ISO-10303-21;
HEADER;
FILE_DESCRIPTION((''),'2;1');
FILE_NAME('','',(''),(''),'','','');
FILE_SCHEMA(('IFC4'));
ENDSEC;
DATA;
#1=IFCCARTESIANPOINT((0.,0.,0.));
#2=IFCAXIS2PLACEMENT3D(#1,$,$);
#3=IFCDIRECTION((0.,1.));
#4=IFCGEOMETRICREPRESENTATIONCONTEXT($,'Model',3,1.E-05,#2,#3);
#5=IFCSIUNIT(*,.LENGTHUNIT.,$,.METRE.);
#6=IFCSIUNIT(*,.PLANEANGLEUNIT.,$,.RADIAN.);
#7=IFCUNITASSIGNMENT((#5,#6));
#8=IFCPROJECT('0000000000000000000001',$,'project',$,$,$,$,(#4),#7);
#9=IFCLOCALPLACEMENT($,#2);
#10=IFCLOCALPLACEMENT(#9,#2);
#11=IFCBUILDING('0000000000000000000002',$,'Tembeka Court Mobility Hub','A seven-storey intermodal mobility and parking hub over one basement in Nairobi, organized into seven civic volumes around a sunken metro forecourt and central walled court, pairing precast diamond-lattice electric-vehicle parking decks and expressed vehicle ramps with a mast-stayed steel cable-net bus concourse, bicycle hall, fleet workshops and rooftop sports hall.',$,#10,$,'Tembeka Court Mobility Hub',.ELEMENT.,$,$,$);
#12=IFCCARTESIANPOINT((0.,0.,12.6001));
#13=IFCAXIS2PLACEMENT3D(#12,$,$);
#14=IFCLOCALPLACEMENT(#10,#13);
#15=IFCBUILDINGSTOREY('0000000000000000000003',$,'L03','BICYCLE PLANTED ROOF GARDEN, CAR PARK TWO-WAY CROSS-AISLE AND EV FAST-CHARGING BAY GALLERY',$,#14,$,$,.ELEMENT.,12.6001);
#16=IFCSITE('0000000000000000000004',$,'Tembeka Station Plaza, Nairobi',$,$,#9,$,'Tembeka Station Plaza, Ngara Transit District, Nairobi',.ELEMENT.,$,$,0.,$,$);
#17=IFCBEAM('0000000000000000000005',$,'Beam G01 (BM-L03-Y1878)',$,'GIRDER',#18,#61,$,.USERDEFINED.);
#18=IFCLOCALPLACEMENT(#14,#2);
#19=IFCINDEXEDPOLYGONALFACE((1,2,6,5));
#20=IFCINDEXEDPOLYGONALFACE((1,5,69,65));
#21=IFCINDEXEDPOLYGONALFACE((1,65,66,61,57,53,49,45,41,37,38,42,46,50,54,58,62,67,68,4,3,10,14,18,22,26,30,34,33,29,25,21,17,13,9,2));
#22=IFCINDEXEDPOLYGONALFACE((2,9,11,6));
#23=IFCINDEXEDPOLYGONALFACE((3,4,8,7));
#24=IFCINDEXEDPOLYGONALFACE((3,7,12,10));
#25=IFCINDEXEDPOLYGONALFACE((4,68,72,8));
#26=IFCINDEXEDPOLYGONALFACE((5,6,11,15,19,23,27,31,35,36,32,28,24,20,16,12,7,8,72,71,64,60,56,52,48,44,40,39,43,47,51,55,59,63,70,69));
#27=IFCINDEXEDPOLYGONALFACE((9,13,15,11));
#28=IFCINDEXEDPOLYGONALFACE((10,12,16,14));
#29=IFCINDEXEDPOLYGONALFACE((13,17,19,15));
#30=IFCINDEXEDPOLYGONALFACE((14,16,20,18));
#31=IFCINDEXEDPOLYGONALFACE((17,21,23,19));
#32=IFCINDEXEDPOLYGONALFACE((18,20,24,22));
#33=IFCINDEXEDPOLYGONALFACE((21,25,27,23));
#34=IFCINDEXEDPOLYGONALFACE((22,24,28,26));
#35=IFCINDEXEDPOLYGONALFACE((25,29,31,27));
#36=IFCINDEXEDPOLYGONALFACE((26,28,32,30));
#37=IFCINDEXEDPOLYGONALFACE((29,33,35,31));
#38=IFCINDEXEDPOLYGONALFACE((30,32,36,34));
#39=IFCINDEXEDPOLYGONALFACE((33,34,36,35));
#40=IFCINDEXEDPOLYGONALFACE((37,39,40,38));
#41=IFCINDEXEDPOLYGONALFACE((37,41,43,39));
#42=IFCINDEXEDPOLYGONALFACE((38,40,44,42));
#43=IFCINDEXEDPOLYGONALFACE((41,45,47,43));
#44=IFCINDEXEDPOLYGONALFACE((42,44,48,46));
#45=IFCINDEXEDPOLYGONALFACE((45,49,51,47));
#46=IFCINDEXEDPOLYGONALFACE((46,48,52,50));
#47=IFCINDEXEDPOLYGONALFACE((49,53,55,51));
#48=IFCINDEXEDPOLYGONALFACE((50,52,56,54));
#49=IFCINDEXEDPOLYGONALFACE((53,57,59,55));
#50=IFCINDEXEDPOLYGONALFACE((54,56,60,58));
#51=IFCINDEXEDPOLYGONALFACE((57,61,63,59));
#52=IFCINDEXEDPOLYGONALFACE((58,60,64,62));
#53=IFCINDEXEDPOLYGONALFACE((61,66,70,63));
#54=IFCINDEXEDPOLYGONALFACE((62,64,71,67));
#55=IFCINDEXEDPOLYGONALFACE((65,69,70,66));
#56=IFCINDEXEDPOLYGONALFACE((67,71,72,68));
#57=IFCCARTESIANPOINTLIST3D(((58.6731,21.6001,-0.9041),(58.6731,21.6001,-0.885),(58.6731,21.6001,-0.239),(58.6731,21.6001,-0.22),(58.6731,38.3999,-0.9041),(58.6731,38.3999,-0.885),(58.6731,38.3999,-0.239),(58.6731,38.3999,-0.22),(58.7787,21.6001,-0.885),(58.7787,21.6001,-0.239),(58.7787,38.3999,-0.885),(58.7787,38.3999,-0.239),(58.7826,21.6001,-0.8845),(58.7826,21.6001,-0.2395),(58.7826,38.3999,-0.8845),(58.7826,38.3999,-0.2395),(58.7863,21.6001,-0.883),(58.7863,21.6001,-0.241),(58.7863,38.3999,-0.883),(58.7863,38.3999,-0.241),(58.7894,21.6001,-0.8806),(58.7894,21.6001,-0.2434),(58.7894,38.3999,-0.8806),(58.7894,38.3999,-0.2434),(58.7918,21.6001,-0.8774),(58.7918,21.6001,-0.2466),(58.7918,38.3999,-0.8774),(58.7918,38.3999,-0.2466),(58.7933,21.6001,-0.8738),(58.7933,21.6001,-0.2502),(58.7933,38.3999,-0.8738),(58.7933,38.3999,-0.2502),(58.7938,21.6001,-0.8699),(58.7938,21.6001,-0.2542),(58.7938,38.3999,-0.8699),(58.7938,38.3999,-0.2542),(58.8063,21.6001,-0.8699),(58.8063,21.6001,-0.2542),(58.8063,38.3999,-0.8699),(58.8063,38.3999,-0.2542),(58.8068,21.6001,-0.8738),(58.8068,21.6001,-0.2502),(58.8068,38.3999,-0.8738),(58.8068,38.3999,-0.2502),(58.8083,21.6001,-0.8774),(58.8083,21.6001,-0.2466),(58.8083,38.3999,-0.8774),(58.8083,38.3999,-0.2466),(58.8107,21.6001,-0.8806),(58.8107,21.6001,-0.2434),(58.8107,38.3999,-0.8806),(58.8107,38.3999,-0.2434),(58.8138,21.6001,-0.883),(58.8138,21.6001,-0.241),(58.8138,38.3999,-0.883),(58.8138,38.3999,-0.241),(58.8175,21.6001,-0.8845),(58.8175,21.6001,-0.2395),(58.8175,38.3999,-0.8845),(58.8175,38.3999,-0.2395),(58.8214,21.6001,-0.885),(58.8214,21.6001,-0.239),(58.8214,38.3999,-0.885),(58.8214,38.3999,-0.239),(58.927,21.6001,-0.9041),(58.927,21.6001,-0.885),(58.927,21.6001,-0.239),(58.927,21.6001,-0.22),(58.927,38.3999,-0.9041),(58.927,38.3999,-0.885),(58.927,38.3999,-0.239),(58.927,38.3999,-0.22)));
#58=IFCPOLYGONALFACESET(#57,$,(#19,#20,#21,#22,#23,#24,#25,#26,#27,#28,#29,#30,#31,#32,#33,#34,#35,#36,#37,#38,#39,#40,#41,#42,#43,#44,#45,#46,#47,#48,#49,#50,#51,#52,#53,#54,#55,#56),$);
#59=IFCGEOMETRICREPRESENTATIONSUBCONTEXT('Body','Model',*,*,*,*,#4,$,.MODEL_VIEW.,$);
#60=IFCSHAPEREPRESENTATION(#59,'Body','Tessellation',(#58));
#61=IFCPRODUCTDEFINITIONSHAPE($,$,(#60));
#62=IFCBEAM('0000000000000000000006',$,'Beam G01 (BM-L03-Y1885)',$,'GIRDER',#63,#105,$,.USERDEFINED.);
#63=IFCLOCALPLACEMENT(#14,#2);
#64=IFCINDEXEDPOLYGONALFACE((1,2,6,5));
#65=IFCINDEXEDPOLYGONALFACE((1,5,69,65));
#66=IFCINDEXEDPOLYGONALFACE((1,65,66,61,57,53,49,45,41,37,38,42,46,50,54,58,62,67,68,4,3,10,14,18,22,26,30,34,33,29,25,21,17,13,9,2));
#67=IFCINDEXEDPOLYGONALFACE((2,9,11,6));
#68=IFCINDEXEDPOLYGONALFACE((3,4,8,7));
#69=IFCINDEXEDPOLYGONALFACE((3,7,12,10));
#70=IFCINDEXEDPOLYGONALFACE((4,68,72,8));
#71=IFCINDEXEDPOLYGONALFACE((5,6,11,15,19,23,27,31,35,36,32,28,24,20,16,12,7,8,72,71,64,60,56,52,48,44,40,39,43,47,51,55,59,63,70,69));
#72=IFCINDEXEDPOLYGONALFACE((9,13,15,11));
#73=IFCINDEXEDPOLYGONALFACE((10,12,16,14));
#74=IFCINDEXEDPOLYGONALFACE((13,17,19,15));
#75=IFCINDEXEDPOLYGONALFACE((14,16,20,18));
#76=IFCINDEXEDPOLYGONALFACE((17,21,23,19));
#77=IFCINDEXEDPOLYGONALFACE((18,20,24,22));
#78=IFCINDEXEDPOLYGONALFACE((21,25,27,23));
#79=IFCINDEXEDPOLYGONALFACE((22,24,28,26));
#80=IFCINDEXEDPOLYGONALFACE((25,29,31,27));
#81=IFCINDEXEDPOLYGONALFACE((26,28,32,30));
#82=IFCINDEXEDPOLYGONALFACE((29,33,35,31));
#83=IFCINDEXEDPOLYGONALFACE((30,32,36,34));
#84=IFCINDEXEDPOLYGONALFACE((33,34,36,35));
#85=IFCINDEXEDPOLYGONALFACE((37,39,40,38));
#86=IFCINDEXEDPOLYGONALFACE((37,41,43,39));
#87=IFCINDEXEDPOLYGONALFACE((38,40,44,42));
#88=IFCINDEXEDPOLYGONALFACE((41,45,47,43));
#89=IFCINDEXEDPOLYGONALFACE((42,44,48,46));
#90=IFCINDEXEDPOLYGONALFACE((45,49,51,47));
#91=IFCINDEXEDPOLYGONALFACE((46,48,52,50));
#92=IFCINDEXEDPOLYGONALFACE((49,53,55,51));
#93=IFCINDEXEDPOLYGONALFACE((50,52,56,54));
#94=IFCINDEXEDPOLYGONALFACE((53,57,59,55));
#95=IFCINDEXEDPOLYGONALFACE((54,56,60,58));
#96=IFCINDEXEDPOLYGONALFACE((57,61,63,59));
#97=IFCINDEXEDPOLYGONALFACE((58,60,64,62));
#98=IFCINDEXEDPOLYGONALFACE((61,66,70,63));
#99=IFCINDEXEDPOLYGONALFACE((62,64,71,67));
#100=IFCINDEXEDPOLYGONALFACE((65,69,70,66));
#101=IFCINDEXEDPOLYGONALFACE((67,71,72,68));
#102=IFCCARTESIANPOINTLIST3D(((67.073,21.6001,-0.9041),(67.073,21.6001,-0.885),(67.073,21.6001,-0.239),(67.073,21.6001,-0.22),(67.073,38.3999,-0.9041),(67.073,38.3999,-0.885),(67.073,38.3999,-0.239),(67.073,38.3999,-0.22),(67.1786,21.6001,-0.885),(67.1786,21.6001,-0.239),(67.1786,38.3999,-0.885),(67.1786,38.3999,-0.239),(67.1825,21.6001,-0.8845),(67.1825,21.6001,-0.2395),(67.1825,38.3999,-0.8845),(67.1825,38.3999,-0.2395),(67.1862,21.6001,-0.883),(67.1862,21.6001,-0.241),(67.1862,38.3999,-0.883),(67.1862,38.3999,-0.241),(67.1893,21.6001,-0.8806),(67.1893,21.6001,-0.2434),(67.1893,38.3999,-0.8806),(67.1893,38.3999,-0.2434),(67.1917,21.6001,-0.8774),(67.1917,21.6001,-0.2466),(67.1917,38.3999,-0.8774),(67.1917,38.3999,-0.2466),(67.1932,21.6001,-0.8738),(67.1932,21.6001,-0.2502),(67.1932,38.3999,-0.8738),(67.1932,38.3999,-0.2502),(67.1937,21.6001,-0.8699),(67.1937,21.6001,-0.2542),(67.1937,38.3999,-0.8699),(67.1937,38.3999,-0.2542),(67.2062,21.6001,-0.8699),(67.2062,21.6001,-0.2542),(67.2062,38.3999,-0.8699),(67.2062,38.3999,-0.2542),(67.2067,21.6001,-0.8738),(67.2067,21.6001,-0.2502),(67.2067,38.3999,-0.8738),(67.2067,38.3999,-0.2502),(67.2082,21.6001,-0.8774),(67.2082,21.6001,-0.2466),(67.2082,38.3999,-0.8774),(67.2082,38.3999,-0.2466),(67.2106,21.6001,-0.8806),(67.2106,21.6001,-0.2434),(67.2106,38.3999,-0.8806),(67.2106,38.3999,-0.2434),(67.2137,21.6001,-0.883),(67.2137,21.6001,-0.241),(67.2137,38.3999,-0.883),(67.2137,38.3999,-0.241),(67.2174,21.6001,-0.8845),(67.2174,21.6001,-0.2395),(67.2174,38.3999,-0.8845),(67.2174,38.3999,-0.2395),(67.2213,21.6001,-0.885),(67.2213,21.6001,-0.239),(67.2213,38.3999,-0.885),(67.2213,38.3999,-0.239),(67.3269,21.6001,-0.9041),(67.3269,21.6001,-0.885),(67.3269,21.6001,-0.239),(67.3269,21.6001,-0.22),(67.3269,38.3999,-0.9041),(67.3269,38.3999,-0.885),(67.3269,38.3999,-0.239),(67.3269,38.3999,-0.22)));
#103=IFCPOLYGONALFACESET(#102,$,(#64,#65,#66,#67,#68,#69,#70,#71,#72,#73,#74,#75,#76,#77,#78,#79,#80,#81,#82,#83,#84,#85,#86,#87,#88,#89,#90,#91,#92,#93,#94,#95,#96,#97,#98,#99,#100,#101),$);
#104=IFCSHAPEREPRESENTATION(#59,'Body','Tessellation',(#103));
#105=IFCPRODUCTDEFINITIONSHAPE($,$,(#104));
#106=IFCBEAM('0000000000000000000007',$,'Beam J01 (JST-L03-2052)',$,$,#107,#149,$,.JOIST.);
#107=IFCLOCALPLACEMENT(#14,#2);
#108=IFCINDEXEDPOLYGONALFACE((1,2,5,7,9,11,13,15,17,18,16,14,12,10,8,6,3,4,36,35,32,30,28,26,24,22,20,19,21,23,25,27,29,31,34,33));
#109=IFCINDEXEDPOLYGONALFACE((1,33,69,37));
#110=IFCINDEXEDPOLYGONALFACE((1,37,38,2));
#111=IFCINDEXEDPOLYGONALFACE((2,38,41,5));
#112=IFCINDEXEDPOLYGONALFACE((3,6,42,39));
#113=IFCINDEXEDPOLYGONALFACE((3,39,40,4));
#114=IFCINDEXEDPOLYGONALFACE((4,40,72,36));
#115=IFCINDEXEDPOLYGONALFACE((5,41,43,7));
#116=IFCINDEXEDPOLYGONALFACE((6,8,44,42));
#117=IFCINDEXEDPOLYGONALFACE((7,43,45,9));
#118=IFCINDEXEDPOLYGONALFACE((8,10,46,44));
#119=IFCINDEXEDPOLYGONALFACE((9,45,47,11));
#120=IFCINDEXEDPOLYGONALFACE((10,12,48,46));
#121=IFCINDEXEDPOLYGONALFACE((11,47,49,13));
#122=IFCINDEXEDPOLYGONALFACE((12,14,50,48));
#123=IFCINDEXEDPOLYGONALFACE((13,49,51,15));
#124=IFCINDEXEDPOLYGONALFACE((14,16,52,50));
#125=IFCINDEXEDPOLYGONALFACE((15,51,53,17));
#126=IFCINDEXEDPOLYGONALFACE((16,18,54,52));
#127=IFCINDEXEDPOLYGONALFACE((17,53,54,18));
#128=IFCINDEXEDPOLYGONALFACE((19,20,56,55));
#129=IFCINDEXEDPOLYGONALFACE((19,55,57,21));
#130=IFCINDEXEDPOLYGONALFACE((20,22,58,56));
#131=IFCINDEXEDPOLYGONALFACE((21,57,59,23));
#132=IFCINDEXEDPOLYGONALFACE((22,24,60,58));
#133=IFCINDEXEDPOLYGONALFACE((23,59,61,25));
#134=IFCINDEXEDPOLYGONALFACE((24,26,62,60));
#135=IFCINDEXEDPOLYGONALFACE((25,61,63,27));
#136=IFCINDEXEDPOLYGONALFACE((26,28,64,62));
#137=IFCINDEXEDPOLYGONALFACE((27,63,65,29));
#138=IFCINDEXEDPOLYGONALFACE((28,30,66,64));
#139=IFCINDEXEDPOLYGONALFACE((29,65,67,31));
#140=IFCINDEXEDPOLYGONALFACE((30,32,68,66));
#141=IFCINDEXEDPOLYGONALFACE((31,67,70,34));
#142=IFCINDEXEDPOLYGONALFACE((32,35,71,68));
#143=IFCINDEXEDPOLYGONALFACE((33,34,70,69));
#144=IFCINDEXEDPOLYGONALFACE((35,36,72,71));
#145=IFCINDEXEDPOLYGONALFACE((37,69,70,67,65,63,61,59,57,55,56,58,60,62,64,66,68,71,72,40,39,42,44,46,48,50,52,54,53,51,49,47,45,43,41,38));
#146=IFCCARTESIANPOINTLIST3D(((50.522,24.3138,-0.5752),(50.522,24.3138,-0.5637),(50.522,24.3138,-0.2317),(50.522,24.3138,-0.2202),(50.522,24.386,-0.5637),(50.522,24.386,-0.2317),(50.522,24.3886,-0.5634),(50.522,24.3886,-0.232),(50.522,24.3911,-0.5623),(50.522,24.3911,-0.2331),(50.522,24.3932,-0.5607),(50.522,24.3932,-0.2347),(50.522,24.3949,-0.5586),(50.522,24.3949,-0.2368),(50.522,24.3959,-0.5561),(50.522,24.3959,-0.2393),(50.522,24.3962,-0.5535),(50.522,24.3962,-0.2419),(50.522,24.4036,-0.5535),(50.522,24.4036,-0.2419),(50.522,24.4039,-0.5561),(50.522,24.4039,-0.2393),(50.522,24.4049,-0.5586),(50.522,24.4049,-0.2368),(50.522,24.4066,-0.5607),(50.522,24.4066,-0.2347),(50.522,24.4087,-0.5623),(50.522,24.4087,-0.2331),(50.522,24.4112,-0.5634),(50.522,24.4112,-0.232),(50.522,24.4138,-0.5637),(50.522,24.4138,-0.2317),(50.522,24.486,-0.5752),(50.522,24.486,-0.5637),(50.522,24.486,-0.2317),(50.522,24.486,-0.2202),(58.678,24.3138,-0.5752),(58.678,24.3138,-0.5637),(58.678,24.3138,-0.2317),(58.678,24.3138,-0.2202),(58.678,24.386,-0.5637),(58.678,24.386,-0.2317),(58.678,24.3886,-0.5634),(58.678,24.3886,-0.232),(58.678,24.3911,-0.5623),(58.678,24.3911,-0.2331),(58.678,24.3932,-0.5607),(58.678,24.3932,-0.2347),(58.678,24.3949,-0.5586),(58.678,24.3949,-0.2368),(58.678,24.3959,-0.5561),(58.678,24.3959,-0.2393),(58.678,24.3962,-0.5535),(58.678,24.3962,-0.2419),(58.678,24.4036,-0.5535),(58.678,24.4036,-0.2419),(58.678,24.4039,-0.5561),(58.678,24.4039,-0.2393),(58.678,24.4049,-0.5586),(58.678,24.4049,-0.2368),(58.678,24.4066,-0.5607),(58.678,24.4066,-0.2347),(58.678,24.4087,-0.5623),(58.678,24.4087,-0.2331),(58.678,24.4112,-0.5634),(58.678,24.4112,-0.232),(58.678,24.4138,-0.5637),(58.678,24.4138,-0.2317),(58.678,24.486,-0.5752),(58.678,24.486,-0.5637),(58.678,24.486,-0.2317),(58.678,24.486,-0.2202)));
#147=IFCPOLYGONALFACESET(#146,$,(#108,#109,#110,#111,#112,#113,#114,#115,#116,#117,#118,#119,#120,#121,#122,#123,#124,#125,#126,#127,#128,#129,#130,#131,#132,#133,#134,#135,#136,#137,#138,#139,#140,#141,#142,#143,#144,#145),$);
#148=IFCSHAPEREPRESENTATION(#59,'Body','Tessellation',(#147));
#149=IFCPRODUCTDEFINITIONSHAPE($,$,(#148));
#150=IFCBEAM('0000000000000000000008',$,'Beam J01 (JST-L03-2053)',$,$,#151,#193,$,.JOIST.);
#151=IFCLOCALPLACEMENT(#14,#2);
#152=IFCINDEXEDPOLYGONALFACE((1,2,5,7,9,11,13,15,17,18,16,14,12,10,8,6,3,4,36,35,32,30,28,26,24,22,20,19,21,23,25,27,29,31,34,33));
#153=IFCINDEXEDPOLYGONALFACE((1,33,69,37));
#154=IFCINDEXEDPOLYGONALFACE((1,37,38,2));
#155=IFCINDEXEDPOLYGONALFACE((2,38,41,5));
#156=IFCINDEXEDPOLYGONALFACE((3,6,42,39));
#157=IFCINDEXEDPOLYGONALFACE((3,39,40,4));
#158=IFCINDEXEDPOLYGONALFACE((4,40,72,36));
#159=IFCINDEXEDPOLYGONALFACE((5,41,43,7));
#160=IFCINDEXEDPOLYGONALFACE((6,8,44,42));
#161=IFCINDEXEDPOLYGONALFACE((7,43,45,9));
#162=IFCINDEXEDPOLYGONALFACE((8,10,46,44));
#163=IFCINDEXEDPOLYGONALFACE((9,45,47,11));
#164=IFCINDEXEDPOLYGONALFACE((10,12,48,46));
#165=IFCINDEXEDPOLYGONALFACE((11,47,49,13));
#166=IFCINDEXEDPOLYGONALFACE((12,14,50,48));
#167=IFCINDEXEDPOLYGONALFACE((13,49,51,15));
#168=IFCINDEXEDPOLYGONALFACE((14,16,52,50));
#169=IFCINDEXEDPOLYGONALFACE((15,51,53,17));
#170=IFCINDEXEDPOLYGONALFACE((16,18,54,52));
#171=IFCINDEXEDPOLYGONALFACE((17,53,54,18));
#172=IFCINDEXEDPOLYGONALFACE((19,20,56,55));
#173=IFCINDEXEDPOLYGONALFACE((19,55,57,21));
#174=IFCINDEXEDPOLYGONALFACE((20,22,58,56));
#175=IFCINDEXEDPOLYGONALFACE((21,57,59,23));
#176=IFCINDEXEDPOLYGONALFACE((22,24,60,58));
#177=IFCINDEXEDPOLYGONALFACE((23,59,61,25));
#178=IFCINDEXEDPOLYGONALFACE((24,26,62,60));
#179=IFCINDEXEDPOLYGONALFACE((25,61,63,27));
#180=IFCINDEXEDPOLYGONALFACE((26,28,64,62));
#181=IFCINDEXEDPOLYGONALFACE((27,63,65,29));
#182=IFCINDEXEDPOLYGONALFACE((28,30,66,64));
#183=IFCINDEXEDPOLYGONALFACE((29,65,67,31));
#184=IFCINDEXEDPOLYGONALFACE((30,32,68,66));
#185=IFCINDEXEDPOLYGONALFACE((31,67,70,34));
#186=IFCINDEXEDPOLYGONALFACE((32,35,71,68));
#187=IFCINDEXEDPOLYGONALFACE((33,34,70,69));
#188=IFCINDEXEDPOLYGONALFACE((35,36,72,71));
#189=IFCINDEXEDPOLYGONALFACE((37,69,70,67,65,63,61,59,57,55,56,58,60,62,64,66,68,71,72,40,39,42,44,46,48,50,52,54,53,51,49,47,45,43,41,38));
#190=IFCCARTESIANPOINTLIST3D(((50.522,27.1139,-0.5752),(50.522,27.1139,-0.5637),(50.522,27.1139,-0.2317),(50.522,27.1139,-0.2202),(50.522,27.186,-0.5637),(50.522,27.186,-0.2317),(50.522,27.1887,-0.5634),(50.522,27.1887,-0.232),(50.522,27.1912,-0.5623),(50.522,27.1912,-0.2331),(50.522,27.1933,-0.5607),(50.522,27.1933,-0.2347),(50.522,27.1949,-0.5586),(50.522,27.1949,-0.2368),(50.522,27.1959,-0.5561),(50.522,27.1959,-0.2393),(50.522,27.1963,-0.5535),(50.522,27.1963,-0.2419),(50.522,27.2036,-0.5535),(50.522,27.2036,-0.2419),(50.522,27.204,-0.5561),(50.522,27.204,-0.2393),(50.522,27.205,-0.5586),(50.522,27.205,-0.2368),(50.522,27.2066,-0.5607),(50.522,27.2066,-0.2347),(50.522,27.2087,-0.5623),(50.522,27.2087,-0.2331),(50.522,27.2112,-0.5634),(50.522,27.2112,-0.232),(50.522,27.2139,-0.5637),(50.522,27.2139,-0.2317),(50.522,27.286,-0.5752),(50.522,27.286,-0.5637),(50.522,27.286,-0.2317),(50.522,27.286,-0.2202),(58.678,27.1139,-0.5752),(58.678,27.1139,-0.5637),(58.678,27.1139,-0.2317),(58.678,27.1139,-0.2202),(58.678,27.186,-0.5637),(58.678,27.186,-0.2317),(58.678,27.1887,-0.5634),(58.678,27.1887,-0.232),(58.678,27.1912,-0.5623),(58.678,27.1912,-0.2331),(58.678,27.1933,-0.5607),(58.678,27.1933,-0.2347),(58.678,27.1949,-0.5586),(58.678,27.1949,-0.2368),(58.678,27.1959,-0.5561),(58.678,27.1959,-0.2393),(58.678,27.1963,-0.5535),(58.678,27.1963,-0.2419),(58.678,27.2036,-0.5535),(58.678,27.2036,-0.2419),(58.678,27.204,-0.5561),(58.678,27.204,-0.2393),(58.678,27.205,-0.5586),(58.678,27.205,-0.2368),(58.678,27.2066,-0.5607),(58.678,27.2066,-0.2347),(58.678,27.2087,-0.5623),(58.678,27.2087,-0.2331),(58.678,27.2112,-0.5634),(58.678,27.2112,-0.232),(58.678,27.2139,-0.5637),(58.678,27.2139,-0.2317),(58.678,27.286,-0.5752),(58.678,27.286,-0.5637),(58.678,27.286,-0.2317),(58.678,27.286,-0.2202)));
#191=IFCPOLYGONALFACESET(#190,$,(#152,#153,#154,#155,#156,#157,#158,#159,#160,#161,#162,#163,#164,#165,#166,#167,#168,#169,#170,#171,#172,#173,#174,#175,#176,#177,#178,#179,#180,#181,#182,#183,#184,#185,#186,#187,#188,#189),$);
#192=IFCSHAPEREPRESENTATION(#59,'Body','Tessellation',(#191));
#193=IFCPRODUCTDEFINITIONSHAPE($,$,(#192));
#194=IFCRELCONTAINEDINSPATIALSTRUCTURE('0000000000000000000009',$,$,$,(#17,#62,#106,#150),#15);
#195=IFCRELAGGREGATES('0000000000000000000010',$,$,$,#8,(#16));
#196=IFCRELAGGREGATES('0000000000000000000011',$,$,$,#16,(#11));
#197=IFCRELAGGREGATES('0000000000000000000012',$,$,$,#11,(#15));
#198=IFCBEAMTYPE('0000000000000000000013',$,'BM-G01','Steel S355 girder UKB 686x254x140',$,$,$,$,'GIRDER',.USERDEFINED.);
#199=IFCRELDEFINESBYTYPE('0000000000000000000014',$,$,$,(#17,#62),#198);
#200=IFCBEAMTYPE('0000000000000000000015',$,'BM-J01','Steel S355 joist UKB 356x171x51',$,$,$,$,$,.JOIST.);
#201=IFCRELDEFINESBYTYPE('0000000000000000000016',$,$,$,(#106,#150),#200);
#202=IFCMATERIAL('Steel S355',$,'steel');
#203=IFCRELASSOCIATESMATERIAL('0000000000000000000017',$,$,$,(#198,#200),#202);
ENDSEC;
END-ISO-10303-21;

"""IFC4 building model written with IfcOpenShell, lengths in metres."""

from ifc_helpers import new_model, si_unit, direction, frame, origin, origin_2d, place, context, subcontext, project, spatial, i_section, extrude, material, material_profile, profile_set, type_object, element, save


model = new_model("IFC4")

# Units and contexts
model_context = context("Model", 3, precision=1e-05, world=origin(), true_north=direction((0.0, 1.0)))
body_context = subcontext(model_context, "Body", "Model", "MODEL_VIEW")
ifc_project = project(units=[si_unit("LENGTHUNIT", "METRE"), si_unit("PLANEANGLEUNIT", "RADIAN")], contexts=[model_context])

# Site, building, storey
site_placement = place(None, origin())
site = spatial("IfcSite", under=ifc_project, at=site_placement, Name="Tembeka Station Plaza, Nairobi", LongName="Tembeka Station Plaza, Ngara Transit District, Nairobi", CompositionType="ELEMENT", RefElevation=0.0)
building_placement = place(site_placement, origin())
building = spatial("IfcBuilding", under=site, at=building_placement, Name="Tembeka Court Mobility Hub", Description="A seven-storey intermodal mobility and parking hub over one basement in Nairobi, organized into seven civic volumes around a sunken metro forecourt and central walled court, pairing precast diamond-lattice electric-vehicle parking decks and expressed vehicle ramps with a mast-stayed steel cable-net bus concourse, bicycle hall, fleet workshops and rooftop sports hall.", LongName="Tembeka Court Mobility Hub", CompositionType="ELEMENT")
storey_placement = place(building_placement, frame((0.0, 0.0, 12.6001)))
storey = spatial("IfcBuildingStorey", under=building, at=storey_placement, Name="L03", Description="BICYCLE PLANTED ROOF GARDEN, CAR PARK TWO-WAY CROSS-AISLE AND EV FAST-CHARGING BAY GALLERY", CompositionType="ELEMENT", Elevation=12.6001)

# Shared definitions
ifc_material_1 = material(Name="Steel S355", Category="steel")

# Beams
ifc_material_profile_1 = material_profile(ifc_material_1, i_section(OverallWidth=0.2539, OverallDepth=0.6841, WebThickness=0.0125, FlangeThickness=0.019, FilletRadius=0.0151, at=origin_2d()), Name="UKB 686x254x140")
ifc_profile_set_1 = profile_set([ifc_material_profile_1], Name="Steel S355")
beam_type_1 = type_object("IfcBeamType", Name="BM-G01", Description="Steel S355 girder UKB 686x254x140", ElementType="GIRDER", PredefinedType="USERDEFINED", material=ifc_profile_set_1)
for number, where, z_axis, x_axis, name in (
    (1, (58.8, 21.6001, -0.562), (0.0, 1.0, 0.0), (-1.0, 0.0, 0.0), "Beam G01 (BM-L03-Y1878)"),
    (2, (67.2, 21.6001, -0.562), (0.0, 1.0, 0.0), (-1.0, 0.0, 0.0), "Beam G01 (BM-L03-Y1885)"),
):
    element("IfcBeam", number, at=place(storey_placement, frame(where, z_axis=z_axis, x_axis=x_axis)), inside=storey, type_object=beam_type_1, Name=name, ObjectType="GIRDER", PredefinedType="USERDEFINED", context=body_context, shape_type="SweptSolid", body=[
        extrude(i_section(OverallWidth=0.2539, OverallDepth=0.6841, WebThickness=0.0125, FlangeThickness=0.019, FilletRadius=0.0151, at=origin_2d()), origin(), (0.0, 0.0, 1.0), 16.7998),
    ])
ifc_material_profile_2 = material_profile(ifc_material_1, i_section(OverallWidth=0.1721, OverallDepth=0.355, WebThickness=0.0073, FlangeThickness=0.0115, FilletRadius=0.0103, at=origin_2d()), Name="UKB 356x171x51")
ifc_profile_set_2 = profile_set([ifc_material_profile_2], Name="Steel S355")
beam_type_2 = type_object("IfcBeamType", Name="BM-J01", Description="Steel S355 joist UKB 356x171x51", PredefinedType="JOIST", material=ifc_profile_set_2)
for number, where, z_axis, x_axis, name in (
    (3, (50.522, 24.3999, -0.3977), (1.0, 0.0, 0.0), (0.0, 1.0, 0.0), "Beam J01 (JST-L03-2052)"),
    (4, (50.522, 27.2, -0.3977), (1.0, 0.0, 0.0), (0.0, 1.0, 0.0), "Beam J01 (JST-L03-2053)"),
):
    element("IfcBeam", number, at=place(storey_placement, frame(where, z_axis=z_axis, x_axis=x_axis)), inside=storey, type_object=beam_type_2, Name=name, PredefinedType="JOIST", context=body_context, shape_type="SweptSolid", body=[
        extrude(i_section(OverallWidth=0.1721, OverallDepth=0.355, WebThickness=0.0073, FlangeThickness=0.0115, FilletRadius=0.0103, at=origin_2d()), origin(), (0.0, 0.0, 1.0), 8.156),
    ])

save(model, "model.ifc")
